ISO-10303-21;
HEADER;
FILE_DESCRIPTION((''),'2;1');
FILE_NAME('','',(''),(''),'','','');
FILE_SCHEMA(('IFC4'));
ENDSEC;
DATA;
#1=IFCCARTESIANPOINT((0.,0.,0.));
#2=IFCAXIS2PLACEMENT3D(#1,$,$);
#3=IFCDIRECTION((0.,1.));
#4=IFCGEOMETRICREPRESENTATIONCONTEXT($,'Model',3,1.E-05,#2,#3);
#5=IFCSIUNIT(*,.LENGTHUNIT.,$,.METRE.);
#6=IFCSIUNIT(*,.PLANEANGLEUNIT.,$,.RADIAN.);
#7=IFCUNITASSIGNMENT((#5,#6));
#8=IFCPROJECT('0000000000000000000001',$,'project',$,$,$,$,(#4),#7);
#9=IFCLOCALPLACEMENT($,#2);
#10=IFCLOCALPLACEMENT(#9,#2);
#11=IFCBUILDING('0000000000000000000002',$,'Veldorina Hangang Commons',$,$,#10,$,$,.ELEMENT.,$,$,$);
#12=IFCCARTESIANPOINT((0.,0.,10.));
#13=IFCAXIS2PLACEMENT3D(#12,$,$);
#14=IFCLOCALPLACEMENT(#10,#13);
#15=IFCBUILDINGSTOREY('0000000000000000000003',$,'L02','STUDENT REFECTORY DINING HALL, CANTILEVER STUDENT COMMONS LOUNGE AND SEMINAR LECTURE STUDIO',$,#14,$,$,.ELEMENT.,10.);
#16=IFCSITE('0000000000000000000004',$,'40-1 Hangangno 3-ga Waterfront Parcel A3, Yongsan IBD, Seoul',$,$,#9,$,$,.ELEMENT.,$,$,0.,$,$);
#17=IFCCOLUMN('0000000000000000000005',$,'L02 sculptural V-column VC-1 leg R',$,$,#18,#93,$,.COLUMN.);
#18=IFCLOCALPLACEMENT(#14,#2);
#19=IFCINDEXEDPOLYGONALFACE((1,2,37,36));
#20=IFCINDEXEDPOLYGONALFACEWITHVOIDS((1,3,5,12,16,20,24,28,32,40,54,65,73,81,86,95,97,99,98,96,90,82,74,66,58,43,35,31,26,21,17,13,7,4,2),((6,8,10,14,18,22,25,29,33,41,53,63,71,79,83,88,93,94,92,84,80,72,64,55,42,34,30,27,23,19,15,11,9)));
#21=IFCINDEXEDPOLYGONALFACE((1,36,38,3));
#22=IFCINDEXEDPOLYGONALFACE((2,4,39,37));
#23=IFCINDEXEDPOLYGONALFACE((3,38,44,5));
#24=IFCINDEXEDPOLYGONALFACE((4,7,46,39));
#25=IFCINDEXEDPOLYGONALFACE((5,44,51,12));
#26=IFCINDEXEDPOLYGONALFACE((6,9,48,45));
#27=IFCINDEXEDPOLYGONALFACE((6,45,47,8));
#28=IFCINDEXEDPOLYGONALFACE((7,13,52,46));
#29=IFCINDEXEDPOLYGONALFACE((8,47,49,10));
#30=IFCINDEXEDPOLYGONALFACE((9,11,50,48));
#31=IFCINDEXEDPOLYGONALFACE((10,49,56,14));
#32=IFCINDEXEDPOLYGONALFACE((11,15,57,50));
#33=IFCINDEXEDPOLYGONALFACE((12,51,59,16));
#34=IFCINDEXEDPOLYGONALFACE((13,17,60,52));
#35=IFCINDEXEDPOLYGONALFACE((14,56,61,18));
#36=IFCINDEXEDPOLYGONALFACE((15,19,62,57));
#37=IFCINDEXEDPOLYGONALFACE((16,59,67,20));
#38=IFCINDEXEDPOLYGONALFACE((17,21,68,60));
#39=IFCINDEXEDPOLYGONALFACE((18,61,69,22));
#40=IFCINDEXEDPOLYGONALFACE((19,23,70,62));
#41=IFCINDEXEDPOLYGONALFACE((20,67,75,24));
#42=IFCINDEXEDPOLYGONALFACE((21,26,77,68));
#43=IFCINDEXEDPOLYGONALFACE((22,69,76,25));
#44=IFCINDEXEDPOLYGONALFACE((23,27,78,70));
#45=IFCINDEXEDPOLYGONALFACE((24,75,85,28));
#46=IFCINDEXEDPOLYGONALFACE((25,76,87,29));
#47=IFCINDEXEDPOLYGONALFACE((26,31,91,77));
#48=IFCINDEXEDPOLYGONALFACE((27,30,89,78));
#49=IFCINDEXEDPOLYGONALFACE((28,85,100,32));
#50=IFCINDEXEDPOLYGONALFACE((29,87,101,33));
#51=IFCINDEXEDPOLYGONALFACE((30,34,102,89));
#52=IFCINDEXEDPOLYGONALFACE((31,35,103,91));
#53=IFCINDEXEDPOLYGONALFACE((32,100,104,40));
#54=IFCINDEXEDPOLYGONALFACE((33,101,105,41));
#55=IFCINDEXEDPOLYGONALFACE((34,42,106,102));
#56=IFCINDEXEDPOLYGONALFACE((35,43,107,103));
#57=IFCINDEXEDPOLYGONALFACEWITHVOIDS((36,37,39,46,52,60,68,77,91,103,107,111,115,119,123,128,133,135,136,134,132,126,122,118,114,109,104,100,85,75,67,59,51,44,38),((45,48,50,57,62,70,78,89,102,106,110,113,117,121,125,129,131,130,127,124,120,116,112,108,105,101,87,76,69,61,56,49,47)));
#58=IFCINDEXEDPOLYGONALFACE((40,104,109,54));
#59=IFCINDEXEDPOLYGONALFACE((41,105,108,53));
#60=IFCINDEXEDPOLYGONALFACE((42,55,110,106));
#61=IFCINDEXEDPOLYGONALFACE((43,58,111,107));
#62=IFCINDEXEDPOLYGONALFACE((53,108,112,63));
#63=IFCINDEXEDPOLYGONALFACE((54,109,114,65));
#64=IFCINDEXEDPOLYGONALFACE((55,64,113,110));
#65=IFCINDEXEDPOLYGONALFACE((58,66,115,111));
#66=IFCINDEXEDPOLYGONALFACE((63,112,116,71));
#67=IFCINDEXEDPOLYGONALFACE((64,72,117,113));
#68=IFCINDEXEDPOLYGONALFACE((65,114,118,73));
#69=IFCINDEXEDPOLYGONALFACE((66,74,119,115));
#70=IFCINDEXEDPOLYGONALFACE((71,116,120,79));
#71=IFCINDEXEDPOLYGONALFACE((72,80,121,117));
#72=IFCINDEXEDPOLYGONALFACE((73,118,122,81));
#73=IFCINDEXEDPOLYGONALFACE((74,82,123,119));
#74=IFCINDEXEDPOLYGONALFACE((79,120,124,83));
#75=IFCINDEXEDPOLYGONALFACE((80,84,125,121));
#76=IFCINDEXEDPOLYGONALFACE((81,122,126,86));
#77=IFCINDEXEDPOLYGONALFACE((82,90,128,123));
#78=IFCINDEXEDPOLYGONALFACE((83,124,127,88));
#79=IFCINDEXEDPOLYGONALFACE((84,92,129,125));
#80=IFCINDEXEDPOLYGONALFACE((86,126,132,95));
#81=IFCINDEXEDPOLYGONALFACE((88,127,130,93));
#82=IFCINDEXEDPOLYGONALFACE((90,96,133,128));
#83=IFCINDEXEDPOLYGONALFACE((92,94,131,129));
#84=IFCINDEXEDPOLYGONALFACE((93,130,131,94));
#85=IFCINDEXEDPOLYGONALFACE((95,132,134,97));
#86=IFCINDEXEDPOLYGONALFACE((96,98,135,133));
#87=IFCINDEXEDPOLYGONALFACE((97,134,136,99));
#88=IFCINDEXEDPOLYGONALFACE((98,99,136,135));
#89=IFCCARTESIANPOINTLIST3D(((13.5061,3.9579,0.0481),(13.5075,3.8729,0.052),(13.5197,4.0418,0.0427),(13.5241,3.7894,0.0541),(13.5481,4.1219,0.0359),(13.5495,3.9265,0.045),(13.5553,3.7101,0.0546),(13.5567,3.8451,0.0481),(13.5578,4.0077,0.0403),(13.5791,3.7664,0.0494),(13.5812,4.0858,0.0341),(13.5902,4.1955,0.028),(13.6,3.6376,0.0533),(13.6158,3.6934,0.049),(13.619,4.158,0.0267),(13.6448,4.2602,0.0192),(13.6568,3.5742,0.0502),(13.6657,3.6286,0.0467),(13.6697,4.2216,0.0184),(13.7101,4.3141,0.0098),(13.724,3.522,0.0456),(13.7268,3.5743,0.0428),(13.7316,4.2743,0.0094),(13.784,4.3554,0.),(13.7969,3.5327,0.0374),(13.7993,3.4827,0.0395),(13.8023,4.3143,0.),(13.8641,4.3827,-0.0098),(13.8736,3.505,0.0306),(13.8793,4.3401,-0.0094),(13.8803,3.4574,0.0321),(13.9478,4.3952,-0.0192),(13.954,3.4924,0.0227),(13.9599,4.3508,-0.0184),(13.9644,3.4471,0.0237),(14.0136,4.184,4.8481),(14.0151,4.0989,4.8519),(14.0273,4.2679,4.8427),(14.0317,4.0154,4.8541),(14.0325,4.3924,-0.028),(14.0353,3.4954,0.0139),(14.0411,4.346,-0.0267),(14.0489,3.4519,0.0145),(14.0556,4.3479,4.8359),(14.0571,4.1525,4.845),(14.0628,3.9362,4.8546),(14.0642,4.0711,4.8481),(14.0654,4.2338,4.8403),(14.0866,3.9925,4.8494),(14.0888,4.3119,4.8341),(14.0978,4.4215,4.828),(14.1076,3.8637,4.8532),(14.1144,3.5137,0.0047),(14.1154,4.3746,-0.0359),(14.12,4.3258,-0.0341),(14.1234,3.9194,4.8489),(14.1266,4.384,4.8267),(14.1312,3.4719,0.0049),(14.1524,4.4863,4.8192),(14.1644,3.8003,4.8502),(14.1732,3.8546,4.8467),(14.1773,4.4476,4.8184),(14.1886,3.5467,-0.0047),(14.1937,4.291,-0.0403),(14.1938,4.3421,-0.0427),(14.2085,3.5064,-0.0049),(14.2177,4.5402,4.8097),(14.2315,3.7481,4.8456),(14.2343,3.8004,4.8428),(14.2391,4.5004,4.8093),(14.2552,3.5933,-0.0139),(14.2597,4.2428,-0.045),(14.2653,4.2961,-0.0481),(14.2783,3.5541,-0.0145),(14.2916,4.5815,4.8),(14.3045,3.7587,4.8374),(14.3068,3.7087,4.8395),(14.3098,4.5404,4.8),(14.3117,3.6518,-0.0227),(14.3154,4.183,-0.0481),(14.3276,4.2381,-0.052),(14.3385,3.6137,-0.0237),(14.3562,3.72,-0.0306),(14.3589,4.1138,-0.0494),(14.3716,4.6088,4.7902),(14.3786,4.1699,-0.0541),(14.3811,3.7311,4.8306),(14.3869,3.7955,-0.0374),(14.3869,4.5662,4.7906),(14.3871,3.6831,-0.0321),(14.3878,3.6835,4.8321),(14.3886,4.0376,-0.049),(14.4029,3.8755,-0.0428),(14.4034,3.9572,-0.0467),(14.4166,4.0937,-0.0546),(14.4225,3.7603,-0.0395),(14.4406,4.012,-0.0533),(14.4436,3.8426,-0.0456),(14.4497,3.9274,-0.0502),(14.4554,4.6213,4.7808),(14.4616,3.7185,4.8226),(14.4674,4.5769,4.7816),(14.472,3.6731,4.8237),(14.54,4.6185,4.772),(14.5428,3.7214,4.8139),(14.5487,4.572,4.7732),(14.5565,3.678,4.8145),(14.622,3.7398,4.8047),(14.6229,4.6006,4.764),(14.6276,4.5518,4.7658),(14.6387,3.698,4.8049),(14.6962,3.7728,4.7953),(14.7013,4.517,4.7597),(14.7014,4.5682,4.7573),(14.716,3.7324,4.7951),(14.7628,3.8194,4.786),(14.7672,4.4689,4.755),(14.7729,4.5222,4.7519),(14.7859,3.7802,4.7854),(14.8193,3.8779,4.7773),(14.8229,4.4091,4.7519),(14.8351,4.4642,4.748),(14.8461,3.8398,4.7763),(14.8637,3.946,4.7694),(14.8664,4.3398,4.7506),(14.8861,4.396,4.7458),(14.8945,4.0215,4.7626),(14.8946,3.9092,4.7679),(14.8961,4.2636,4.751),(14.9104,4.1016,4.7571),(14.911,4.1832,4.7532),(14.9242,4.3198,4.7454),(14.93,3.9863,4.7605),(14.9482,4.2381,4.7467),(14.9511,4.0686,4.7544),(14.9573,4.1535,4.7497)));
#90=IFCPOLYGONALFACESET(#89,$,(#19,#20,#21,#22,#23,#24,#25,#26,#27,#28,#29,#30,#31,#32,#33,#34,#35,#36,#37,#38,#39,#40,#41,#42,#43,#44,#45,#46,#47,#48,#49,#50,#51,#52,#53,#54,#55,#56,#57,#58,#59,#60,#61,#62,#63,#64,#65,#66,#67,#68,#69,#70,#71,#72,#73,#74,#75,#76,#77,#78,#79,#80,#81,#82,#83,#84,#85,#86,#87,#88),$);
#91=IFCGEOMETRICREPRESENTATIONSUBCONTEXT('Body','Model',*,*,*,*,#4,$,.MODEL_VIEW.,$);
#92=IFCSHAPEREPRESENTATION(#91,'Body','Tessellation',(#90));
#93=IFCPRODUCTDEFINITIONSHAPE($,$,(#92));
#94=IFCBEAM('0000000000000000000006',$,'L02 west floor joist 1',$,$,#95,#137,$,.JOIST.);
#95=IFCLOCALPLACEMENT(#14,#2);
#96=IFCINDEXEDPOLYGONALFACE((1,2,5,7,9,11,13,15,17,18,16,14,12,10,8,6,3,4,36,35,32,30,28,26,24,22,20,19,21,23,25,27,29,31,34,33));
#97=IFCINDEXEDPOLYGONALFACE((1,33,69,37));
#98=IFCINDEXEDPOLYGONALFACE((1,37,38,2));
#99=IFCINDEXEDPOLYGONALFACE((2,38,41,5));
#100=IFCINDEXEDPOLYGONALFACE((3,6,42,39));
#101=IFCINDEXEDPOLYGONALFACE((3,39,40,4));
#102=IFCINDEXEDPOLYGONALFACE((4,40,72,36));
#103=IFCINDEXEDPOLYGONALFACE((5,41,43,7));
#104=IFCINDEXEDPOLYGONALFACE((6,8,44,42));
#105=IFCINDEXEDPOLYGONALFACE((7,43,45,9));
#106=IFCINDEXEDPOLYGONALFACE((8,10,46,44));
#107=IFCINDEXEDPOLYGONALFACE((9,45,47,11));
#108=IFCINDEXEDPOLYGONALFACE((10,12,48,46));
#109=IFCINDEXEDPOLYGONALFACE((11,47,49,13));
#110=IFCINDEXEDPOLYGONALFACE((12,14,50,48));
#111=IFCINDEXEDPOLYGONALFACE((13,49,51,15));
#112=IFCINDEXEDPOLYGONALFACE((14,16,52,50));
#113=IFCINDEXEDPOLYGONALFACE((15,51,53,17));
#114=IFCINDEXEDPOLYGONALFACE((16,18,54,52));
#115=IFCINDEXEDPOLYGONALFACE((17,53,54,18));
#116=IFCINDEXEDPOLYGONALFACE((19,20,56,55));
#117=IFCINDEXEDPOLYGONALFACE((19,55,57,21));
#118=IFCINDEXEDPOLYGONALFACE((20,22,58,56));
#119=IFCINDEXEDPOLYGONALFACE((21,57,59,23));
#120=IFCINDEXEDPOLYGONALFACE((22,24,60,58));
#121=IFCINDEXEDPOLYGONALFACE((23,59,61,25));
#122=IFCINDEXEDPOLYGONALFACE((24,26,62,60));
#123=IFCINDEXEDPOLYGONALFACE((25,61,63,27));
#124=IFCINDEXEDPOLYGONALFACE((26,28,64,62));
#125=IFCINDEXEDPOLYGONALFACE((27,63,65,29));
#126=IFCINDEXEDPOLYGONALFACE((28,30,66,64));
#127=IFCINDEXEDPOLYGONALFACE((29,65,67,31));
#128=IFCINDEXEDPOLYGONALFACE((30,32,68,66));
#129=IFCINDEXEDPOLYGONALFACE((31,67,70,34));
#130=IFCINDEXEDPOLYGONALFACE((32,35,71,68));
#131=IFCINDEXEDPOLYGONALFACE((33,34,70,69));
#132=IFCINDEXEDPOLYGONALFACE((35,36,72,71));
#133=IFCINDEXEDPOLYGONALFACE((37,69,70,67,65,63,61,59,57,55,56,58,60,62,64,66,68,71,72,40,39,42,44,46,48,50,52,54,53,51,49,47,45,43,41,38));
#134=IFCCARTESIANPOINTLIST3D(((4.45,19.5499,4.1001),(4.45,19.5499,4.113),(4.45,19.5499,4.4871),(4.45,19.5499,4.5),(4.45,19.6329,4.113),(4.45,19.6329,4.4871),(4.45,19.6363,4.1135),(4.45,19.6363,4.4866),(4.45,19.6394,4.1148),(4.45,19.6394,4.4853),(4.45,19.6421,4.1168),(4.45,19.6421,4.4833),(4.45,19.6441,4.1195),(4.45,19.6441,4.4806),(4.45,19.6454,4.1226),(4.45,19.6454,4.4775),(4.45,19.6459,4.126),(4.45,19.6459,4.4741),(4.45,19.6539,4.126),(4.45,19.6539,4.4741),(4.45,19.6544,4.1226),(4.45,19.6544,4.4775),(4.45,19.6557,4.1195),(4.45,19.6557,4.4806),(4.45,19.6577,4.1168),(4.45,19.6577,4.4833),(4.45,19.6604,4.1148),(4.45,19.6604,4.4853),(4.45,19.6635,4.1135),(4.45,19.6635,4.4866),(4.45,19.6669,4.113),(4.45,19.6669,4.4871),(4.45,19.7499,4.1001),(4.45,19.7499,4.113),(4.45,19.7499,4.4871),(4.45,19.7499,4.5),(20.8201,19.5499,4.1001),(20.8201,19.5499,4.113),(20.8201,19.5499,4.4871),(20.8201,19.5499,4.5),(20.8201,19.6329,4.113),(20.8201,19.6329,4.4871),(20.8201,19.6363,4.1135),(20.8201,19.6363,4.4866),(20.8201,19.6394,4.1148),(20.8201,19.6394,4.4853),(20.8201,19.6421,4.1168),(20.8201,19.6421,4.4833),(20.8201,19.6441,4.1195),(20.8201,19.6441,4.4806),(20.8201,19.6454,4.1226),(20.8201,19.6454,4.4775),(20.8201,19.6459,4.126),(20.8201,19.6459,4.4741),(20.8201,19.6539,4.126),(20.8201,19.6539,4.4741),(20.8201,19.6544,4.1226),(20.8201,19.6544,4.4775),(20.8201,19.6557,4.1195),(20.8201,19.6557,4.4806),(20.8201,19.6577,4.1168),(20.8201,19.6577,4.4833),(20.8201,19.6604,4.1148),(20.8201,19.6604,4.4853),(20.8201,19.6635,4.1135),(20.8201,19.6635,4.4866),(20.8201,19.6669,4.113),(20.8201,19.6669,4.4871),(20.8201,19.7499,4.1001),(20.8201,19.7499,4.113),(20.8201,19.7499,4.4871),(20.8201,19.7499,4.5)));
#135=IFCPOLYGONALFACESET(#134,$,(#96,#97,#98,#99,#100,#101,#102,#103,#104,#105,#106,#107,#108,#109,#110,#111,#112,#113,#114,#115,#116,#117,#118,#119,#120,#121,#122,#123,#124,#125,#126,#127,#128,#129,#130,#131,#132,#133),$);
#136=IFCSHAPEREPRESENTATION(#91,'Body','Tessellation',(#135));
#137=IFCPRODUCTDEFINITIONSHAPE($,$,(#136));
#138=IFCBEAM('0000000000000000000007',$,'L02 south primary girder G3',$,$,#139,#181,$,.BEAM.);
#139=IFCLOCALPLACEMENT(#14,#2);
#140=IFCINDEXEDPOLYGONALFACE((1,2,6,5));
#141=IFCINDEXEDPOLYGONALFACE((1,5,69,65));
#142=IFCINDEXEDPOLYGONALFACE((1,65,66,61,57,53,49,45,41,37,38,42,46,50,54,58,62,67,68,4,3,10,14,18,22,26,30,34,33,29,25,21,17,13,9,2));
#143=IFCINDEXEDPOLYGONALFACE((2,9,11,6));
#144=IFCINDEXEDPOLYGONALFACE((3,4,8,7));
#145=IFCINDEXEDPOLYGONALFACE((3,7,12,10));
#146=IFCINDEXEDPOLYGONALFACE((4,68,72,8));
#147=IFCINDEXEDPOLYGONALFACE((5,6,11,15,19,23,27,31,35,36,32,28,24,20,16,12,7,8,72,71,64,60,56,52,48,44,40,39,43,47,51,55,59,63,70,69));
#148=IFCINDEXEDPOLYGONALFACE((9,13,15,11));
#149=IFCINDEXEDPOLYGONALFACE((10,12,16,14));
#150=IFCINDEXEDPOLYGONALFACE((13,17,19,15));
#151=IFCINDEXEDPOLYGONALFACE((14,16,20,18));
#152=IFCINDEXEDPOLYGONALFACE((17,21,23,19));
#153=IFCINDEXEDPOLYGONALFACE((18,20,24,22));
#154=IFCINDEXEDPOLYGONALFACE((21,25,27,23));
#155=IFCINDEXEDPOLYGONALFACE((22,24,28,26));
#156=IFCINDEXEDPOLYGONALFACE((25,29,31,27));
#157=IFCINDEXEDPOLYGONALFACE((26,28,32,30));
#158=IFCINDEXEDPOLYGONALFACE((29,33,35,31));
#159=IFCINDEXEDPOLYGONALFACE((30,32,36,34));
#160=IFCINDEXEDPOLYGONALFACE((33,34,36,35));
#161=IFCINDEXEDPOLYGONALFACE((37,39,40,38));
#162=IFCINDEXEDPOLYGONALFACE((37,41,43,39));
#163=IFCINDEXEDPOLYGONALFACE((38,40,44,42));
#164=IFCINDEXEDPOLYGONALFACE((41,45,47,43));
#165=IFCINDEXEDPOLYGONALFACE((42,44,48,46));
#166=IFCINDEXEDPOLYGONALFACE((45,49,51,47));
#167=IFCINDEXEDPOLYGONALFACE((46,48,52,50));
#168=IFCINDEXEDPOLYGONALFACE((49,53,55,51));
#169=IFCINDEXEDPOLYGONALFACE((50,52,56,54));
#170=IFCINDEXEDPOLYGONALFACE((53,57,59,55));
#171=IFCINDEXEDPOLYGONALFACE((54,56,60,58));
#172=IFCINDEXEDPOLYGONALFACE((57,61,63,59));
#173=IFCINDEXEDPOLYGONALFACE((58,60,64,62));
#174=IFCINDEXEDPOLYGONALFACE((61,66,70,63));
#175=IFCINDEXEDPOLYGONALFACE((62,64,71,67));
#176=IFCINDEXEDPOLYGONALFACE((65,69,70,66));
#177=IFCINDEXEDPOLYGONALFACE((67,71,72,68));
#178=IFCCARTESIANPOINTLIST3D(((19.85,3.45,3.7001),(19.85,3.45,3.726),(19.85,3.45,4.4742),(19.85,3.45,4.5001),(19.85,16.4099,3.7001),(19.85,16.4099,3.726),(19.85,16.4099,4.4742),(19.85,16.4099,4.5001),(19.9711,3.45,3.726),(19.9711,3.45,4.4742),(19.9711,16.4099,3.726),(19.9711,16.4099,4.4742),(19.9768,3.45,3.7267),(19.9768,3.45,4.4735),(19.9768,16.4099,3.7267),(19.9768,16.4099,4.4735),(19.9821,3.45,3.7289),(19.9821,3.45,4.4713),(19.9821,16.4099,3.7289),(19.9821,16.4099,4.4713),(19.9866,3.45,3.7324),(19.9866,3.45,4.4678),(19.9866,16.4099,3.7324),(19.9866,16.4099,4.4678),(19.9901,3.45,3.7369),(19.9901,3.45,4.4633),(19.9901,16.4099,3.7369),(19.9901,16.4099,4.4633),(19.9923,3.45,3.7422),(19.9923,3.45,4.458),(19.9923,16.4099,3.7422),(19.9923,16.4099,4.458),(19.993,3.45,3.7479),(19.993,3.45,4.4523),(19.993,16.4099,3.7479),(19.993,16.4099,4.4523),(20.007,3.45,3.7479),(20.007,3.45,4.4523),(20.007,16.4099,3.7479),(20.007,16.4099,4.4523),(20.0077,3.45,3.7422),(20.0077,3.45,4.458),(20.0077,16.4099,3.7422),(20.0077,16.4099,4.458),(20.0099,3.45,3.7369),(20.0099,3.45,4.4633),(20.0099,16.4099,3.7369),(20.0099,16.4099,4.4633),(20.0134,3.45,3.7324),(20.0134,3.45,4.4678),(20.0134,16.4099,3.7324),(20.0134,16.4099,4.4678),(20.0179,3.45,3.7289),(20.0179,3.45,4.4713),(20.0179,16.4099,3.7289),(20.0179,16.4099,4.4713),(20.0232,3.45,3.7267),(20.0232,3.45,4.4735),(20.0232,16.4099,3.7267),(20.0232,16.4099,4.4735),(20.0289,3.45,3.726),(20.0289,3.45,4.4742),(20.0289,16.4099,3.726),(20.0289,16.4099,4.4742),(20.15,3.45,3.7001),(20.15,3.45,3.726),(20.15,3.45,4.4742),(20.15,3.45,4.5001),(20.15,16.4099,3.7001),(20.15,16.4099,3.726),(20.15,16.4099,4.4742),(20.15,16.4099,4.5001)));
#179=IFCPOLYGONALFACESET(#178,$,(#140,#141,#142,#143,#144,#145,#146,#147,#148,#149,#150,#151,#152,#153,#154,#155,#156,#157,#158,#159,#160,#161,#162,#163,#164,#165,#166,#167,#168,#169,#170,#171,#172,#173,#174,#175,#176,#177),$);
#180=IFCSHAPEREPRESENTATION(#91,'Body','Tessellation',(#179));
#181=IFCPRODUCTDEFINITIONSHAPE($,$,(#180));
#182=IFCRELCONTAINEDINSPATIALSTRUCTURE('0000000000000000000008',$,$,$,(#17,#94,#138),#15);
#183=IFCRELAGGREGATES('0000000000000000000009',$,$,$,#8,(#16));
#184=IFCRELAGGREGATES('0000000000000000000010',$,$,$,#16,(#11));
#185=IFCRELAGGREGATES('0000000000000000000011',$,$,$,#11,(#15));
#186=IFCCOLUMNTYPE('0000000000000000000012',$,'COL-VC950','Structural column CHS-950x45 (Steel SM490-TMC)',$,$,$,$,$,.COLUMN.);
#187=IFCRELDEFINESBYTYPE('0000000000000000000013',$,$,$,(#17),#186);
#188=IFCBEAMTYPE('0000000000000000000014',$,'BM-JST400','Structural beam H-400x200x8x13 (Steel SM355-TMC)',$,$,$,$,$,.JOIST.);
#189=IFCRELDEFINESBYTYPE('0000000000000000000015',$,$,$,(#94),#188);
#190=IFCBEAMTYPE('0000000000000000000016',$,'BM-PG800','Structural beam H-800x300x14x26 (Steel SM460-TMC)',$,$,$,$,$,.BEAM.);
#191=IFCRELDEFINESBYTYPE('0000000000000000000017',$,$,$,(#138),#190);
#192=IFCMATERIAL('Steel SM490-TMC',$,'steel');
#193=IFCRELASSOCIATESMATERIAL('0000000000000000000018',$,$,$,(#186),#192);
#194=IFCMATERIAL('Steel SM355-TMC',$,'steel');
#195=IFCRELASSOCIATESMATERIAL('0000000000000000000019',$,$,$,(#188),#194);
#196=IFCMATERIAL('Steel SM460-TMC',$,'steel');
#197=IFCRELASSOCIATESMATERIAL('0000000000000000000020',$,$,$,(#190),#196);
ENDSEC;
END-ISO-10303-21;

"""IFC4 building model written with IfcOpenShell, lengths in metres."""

from ifc_helpers import new_model, si_unit, direction, frame, origin, origin_2d, place, context, subcontext, project, spatial, hollow_circle, i_section, extrude, material, material_profile, profile_set, type_object, element, save


model = new_model("IFC4")

# Units and contexts
model_context = context("Model", 3, precision=1e-05, world=origin(), true_north=direction((0.0, 1.0)))
body_context = subcontext(model_context, "Body", "Model", "MODEL_VIEW")
ifc_project = project(units=[si_unit("LENGTHUNIT", "METRE"), si_unit("PLANEANGLEUNIT", "RADIAN")], contexts=[model_context])

# Site, building, storey
site_placement = place(None, origin())
site = spatial("IfcSite", under=ifc_project, at=site_placement, Name="40-1 Hangangno 3-ga Waterfront Parcel A3, Yongsan IBD, Seoul", CompositionType="ELEMENT", RefElevation=0.0)
building_placement = place(site_placement, origin())
building = spatial("IfcBuilding", under=site, at=building_placement, Name="Veldorina Hangang Commons", CompositionType="ELEMENT")
storey_placement = place(building_placement, frame((0.0, 0.0, 10.0)))
storey = spatial("IfcBuildingStorey", under=building, at=storey_placement, Name="L02", Description="STUDENT REFECTORY DINING HALL, CANTILEVER STUDENT COMMONS LOUNGE AND SEMINAR LECTURE STUDIO", CompositionType="ELEMENT", Elevation=10.0)

# Column
ifc_material_1 = material(Name="Steel SM355-TMC", Category="steel")
ifc_material_2 = material(Name="Steel SM490-TMC", Category="steel")
ifc_material_profile_1 = material_profile(ifc_material_2, hollow_circle(Radius=0.4751, WallThickness=0.0449, at=origin_2d()), Name="CHS-950x45")
ifc_profile_set_1 = profile_set([ifc_material_profile_1], Name="Steel SM490-TMC")
column_type_1 = type_object("IfcColumnType", Name="COL-VC950", Description="Structural column CHS-950x45 (Steel SM490-TMC)", PredefinedType="COLUMN", material=ifc_profile_set_1)
for number, where, z_axis, x_axis, name in (
    (1, (13.9773, 3.9214, 0.0), (0.105041, 0.046786, 0.993367), (-0.406872, 0.913485, 0.0), "L02 sculptural V-column VC-1 leg R"),
):
    element("IfcColumn", number, at=place(storey_placement, frame(where, z_axis=z_axis, x_axis=x_axis)), inside=storey, type_object=column_type_1, Name=name, PredefinedType="COLUMN", context=body_context, shape_type="SweptSolid", body=[
        extrude(hollow_circle(Radius=0.4751, WallThickness=0.0449, at=origin_2d()), origin(), (0.0, 0.0, 1.0), 4.832),
    ])

# Beams
ifc_material_profile_2 = material_profile(ifc_material_1, i_section(OverallWidth=0.2, OverallDepth=0.3999, WebThickness=0.0081, FlangeThickness=0.0129, FilletRadius=0.0129, at=origin_2d()), Name="H-400x200x8x13")
ifc_profile_set_2 = profile_set([ifc_material_profile_2], Name="Steel SM355-TMC")
beam_type_1 = type_object("IfcBeamType", Name="BM-JST400", Description="Structural beam H-400x200x8x13 (Steel SM355-TMC)", PredefinedType="JOIST", material=ifc_profile_set_2)
beam_1_placement = place(storey_placement, frame((4.45, 19.6499, 4.3), z_axis=(1.0, 0.0, 0.0), x_axis=(0.0, 1.0, 0.0)))
element("IfcBeam", 2, at=beam_1_placement, inside=storey, type_object=beam_type_1, Name="L02 west floor joist 1", PredefinedType="JOIST", context=body_context, shape_type="SweptSolid", body=[
    extrude(i_section(OverallWidth=0.2, OverallDepth=0.3999, WebThickness=0.0081, FlangeThickness=0.0129, FilletRadius=0.0129, at=origin_2d()), origin(), (0.0, 0.0, 1.0), 16.3701),
])
ifc_material_3 = material(Name="Steel SM460-TMC", Category="steel")
ifc_material_profile_3 = material_profile(ifc_material_3, i_section(OverallWidth=0.3, OverallDepth=0.8, WebThickness=0.0139, FlangeThickness=0.0259, FilletRadius=0.022, at=origin_2d()), Name="H-800x300x14x26")
ifc_profile_set_3 = profile_set([ifc_material_profile_3], Name="Steel SM460-TMC")
beam_type_2 = type_object("IfcBeamType", Name="BM-PG800", Description="Structural beam H-800x300x14x26 (Steel SM460-TMC)", PredefinedType="BEAM", material=ifc_profile_set_3)
beam_2_placement = place(storey_placement, frame((20.0, 3.45, 4.1001), z_axis=(0.0, 1.0, 0.0), x_axis=(-1.0, 0.0, 0.0)))
element("IfcBeam", 3, at=beam_2_placement, inside=storey, type_object=beam_type_2, Name="L02 south primary girder G3", PredefinedType="BEAM", context=body_context, shape_type="SweptSolid", body=[
    extrude(i_section(OverallWidth=0.3, OverallDepth=0.8, WebThickness=0.0139, FlangeThickness=0.0259, FilletRadius=0.022, at=origin_2d()), origin(), (0.0, 0.0, 1.0), 12.96),
])

save(model, "model.ifc")
